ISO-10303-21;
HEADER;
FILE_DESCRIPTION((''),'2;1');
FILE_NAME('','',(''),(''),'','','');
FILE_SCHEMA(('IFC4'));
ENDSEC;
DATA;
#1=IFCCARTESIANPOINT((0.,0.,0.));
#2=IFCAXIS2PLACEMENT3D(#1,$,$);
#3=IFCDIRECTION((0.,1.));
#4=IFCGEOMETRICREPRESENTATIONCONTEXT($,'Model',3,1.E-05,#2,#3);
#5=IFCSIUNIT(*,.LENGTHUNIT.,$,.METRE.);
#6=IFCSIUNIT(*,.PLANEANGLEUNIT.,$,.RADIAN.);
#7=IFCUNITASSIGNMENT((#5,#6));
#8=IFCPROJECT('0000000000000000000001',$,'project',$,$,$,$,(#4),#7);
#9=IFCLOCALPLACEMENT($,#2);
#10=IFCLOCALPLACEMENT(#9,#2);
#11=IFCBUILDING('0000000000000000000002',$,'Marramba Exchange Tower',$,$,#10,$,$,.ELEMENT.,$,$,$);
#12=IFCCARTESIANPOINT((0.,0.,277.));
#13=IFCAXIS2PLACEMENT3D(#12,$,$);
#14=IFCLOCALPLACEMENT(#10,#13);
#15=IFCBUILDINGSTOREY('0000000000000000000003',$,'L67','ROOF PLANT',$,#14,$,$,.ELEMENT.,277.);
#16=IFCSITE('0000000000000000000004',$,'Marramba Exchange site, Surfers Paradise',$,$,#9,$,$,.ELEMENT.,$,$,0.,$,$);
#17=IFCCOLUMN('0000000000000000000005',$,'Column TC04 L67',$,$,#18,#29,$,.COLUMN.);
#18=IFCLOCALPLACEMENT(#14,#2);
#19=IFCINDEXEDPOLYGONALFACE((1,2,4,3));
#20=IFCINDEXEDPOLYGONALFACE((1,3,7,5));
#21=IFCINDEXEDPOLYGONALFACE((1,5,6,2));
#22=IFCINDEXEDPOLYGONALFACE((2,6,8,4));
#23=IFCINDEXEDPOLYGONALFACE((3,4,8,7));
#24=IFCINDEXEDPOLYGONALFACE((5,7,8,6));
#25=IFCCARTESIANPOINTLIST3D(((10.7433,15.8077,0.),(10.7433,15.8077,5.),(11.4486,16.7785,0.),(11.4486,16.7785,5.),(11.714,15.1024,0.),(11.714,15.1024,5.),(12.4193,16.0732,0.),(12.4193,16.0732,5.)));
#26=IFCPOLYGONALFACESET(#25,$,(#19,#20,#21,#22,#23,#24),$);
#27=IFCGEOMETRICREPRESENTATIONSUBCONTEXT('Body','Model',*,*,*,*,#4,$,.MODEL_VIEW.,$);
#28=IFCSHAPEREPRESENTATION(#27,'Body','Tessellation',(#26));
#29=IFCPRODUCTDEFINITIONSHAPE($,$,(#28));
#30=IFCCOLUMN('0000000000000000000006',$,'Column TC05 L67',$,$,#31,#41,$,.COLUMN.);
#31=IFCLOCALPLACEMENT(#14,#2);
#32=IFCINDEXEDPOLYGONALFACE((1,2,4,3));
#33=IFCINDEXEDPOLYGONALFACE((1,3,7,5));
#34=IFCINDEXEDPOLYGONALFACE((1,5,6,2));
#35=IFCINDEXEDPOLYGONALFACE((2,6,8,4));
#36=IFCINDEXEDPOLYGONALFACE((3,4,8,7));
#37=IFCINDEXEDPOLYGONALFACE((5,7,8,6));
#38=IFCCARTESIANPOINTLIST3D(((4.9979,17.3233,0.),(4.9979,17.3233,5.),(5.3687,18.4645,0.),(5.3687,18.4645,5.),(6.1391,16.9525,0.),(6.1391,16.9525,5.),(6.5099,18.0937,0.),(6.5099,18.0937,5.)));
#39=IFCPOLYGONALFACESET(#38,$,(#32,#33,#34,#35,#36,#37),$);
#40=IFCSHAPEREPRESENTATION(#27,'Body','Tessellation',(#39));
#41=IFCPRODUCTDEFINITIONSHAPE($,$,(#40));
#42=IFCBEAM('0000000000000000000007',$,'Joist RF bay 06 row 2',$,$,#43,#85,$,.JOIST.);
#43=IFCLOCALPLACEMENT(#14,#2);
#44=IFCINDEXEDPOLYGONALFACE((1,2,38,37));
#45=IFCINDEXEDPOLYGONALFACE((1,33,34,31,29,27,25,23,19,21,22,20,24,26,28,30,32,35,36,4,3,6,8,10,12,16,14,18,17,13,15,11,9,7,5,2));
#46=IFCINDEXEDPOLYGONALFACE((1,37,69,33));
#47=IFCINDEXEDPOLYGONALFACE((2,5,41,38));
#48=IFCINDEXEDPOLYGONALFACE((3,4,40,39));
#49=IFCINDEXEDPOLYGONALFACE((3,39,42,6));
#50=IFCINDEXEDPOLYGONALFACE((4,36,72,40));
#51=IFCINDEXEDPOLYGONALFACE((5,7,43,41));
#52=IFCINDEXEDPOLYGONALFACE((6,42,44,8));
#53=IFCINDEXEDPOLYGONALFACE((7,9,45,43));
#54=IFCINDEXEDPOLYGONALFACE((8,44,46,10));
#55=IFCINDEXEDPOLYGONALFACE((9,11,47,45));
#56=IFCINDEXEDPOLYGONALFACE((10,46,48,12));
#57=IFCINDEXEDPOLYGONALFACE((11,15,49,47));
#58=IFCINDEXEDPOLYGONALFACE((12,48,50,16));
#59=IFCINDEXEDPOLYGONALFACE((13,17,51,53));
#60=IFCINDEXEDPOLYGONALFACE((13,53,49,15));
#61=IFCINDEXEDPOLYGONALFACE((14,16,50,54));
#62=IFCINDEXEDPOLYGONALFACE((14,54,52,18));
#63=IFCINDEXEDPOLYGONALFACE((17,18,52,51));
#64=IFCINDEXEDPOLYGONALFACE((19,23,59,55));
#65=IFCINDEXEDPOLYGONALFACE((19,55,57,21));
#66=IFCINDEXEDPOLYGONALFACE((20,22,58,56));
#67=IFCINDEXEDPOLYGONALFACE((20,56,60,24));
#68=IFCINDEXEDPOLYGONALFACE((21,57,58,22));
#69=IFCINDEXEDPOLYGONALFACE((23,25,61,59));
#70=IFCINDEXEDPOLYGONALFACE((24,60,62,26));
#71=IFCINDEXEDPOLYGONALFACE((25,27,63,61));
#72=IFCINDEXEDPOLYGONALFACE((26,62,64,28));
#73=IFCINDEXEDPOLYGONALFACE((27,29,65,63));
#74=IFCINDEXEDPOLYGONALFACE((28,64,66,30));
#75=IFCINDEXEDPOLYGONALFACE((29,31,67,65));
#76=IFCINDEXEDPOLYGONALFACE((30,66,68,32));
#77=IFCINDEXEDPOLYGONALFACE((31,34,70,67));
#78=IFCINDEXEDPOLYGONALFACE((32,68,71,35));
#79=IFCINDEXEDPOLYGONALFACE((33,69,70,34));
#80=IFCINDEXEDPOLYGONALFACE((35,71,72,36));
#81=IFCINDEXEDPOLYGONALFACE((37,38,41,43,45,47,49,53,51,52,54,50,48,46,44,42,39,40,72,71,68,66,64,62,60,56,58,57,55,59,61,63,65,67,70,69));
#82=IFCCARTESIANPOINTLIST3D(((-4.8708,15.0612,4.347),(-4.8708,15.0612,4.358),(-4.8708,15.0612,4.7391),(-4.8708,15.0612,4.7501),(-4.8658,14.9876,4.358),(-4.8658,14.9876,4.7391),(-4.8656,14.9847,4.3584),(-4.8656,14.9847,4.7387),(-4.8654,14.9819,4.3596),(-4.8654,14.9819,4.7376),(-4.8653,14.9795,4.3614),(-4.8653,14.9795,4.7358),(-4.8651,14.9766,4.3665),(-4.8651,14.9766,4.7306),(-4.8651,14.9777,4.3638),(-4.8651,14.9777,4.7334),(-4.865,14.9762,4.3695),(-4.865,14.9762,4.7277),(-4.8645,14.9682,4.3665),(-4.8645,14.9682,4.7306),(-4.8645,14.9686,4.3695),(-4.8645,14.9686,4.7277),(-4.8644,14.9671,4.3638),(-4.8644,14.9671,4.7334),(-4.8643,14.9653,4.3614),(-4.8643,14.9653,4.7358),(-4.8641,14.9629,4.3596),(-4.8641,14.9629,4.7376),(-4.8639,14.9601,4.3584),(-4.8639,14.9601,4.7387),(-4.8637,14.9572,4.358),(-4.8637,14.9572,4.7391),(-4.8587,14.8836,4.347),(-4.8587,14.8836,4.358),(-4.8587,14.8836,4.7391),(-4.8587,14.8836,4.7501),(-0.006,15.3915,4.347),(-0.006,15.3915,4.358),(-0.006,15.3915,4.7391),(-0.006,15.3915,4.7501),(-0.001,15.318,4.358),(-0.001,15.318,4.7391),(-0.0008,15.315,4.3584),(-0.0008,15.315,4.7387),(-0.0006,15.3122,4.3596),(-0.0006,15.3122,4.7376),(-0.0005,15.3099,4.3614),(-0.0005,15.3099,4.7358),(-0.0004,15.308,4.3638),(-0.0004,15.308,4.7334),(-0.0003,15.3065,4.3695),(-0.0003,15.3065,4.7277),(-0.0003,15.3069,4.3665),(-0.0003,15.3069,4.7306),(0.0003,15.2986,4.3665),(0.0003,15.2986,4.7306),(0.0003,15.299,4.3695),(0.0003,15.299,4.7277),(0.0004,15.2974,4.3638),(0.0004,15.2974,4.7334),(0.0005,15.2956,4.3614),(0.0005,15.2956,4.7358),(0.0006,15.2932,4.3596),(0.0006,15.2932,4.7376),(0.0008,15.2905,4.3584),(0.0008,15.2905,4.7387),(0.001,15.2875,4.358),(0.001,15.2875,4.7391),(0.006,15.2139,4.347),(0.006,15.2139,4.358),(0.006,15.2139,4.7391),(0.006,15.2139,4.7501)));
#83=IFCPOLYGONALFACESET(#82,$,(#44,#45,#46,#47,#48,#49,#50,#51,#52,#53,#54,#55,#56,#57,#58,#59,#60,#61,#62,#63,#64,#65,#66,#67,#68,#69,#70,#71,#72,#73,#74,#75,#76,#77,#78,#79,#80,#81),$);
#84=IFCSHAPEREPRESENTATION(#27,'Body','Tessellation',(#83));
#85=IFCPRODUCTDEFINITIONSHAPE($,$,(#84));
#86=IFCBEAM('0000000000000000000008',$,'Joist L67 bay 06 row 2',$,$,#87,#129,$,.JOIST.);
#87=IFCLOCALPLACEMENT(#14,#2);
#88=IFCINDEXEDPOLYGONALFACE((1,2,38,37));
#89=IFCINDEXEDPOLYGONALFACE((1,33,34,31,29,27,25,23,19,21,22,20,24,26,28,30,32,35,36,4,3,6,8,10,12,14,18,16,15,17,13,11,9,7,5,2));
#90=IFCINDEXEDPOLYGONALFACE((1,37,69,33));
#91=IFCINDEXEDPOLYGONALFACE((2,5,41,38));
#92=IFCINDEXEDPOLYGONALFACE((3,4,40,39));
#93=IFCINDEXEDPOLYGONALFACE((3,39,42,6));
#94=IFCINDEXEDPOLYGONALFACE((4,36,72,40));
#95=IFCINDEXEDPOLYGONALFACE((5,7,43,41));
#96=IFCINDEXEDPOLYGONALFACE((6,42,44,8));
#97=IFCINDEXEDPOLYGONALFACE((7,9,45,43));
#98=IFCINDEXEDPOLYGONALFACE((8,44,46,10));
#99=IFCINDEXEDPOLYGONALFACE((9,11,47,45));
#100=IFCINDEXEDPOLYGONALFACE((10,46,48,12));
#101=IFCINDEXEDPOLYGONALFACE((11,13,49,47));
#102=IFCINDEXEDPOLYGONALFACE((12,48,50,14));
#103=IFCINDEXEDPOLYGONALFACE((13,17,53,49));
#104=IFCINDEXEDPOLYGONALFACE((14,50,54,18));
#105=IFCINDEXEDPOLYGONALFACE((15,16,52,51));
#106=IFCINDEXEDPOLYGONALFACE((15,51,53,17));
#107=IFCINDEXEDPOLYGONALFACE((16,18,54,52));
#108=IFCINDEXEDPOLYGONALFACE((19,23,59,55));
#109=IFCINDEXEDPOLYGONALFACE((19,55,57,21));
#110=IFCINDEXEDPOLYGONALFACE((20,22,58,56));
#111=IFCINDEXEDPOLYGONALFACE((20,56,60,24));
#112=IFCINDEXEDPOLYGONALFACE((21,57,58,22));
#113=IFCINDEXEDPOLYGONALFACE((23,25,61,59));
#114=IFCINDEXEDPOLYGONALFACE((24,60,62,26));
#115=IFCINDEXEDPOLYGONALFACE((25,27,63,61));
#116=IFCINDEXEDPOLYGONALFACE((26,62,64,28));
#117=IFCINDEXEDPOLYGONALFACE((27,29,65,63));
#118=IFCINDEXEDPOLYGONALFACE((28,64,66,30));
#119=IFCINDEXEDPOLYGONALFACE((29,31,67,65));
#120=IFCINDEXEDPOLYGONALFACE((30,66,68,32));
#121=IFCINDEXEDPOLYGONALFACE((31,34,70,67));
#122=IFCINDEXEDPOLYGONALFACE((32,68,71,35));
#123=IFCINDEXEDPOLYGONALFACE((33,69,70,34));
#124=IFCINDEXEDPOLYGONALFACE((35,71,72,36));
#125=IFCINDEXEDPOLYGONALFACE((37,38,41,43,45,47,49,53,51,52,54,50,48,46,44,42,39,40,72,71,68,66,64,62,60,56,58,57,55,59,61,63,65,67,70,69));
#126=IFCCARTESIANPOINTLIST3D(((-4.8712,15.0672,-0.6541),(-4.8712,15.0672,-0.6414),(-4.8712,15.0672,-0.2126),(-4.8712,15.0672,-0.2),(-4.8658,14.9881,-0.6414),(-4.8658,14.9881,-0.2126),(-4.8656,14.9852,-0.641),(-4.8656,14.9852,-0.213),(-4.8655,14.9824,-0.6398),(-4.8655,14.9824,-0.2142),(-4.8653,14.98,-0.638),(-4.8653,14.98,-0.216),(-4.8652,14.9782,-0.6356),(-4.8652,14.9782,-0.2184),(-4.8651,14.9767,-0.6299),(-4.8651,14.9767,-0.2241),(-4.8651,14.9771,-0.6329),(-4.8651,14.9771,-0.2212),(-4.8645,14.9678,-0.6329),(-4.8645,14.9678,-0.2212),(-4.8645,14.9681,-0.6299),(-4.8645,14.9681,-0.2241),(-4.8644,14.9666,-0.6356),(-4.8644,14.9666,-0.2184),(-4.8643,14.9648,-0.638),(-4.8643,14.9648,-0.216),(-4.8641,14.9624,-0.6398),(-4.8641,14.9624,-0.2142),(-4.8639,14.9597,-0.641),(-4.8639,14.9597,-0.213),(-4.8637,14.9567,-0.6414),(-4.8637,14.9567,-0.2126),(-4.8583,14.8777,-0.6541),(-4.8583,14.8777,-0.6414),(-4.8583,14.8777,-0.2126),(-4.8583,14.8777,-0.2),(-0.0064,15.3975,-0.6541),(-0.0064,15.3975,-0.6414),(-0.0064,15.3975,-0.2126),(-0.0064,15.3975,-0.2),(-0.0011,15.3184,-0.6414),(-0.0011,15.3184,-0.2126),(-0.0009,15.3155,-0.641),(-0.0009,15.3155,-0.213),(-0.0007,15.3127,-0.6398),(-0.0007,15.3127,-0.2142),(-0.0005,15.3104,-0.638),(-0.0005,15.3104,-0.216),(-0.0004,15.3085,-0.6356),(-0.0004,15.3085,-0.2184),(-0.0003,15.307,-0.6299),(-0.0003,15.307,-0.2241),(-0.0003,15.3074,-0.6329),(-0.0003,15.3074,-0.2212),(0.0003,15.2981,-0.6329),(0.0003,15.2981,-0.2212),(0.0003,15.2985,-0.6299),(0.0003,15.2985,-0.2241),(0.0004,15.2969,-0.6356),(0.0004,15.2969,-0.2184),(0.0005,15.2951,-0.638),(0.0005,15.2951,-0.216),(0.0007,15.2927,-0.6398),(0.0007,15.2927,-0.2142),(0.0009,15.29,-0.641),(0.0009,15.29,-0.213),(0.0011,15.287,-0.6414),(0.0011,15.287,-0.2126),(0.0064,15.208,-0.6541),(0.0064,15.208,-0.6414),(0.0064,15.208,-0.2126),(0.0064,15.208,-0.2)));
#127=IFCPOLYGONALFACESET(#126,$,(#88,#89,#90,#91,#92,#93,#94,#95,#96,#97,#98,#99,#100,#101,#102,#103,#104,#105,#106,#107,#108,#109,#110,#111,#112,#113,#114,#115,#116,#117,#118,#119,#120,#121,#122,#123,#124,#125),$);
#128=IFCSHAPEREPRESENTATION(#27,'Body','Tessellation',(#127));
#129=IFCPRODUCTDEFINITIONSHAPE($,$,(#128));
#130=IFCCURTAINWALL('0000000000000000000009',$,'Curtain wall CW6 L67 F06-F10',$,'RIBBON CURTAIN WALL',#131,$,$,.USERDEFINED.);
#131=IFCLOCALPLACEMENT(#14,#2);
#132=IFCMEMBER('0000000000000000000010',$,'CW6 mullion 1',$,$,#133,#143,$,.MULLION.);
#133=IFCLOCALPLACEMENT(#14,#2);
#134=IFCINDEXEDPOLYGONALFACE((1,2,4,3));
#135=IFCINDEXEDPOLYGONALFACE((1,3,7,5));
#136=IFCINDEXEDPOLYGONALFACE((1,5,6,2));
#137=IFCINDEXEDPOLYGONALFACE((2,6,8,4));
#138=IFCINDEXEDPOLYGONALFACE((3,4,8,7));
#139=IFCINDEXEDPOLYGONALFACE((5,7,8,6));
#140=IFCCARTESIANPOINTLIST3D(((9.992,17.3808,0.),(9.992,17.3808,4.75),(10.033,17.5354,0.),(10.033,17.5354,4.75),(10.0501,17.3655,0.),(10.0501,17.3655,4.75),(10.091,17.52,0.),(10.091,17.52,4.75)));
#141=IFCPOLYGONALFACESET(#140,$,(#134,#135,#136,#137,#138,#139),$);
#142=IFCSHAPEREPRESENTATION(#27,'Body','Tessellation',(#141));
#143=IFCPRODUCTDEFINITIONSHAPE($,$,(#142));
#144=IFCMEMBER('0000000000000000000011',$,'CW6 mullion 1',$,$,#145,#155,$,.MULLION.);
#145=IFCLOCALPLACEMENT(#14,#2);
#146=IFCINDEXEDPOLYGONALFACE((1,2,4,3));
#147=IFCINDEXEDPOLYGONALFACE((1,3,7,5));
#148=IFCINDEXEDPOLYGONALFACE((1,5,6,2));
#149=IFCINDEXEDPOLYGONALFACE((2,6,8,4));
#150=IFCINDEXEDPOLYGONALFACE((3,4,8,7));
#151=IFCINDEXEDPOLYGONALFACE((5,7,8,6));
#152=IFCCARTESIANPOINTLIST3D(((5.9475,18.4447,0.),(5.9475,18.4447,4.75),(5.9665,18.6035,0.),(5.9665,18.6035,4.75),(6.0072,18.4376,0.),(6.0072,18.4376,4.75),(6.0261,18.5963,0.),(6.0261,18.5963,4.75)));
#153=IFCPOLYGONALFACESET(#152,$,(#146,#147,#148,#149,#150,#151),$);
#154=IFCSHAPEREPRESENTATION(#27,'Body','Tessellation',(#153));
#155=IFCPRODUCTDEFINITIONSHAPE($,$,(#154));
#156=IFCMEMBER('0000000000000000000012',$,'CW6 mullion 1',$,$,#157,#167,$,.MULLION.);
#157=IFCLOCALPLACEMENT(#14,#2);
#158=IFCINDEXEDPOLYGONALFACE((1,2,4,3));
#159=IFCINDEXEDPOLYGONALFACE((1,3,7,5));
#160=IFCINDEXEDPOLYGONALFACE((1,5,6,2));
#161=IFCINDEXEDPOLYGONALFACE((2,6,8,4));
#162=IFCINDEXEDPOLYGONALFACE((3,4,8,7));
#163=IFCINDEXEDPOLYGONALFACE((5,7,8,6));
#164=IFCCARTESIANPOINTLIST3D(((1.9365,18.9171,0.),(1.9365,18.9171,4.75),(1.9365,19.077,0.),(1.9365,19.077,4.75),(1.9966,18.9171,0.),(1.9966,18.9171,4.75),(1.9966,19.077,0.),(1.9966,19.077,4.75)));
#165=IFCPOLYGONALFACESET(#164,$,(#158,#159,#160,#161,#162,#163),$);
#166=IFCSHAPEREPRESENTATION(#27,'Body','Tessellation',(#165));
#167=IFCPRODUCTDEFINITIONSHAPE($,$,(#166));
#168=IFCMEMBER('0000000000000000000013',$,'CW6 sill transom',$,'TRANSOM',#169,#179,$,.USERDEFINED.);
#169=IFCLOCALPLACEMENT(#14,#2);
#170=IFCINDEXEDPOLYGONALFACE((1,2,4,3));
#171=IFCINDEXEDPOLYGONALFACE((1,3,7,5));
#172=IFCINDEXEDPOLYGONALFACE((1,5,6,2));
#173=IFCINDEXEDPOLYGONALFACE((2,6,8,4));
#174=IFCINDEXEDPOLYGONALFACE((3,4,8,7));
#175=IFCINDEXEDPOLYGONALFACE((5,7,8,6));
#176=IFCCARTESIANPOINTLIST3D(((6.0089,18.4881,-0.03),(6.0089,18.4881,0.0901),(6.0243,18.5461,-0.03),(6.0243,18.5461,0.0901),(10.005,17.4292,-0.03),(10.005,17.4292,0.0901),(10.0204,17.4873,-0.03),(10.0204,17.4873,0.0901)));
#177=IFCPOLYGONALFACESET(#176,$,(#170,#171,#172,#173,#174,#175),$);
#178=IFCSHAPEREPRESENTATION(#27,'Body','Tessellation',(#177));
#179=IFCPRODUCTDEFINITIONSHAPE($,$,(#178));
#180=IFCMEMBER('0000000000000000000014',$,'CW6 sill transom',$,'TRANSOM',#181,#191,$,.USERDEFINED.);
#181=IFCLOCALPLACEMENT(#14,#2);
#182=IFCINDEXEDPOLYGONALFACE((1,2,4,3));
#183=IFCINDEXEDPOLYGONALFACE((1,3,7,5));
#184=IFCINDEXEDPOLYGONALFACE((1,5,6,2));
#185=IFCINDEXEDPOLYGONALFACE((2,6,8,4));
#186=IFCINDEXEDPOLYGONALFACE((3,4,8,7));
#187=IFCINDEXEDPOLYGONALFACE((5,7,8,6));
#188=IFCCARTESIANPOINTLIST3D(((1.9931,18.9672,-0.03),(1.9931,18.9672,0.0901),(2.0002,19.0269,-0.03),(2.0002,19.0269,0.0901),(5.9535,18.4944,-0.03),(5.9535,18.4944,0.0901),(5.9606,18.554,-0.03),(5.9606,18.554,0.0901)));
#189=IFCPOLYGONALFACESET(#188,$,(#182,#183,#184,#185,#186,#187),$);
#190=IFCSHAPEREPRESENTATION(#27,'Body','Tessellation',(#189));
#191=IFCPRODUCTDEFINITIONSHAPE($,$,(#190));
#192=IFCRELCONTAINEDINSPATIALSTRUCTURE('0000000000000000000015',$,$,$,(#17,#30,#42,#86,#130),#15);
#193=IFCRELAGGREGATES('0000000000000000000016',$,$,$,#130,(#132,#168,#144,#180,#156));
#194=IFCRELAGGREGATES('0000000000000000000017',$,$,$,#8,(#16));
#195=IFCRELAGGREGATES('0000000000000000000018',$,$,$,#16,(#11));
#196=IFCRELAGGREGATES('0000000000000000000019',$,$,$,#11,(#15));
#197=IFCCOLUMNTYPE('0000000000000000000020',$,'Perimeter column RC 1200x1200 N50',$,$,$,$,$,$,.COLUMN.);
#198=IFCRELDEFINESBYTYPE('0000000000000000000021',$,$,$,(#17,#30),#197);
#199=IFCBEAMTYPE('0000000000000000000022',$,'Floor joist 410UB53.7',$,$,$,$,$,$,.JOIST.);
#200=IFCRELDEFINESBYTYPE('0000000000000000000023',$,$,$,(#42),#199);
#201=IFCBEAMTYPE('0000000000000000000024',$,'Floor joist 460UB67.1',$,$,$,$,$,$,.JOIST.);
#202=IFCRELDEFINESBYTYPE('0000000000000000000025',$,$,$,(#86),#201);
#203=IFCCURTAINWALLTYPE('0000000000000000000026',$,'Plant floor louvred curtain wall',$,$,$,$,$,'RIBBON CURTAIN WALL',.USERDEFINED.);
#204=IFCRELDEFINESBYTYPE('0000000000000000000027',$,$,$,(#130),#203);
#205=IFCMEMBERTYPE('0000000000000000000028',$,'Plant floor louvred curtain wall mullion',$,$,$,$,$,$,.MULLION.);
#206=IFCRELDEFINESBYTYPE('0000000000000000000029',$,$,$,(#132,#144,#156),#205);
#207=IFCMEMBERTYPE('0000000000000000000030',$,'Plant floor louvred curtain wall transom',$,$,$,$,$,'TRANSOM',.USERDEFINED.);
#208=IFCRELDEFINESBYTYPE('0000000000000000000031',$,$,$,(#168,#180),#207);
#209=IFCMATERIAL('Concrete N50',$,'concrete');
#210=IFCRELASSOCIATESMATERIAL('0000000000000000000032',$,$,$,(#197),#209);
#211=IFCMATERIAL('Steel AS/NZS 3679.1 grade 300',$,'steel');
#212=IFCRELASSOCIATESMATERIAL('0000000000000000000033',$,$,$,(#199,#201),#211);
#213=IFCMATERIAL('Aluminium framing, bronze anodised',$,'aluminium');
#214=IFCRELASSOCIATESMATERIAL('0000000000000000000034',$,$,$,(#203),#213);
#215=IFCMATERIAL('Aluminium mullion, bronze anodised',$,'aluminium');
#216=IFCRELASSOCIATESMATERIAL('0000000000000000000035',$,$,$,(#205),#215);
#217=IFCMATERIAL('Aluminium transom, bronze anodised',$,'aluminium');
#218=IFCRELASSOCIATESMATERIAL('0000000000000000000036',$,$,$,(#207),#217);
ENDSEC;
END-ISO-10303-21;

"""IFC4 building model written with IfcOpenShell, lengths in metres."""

from ifc_helpers import new_model, si_unit, direction, frame, origin, origin_2d, place, context, subcontext, project, spatial, rectangle, i_section, extrude, material, material_profile, profile_set, type_object, element, aggregate, save


model = new_model("IFC4")

# Units and contexts
model_context = context("Model", 3, precision=1e-05, world=origin(), true_north=direction((0.0, 1.0)))
body_context = subcontext(model_context, "Body", "Model", "MODEL_VIEW")
ifc_project = project(units=[si_unit("LENGTHUNIT", "METRE"), si_unit("PLANEANGLEUNIT", "RADIAN")], contexts=[model_context])

# Site, building, storey
site_placement = place(None, origin())
site = spatial("IfcSite", under=ifc_project, at=site_placement, Name="Marramba Exchange site, Surfers Paradise", CompositionType="ELEMENT", RefElevation=0.0)
building_placement = place(site_placement, origin())
building = spatial("IfcBuilding", under=site, at=building_placement, Name="Marramba Exchange Tower", CompositionType="ELEMENT")
storey_placement = place(building_placement, frame((0.0, 0.0, 277.0)))
storey = spatial("IfcBuildingStorey", under=building, at=storey_placement, Name="L67", Description="ROOF PLANT", CompositionType="ELEMENT", Elevation=277.0)

# Columns
ifc_material_1 = material(Name="Concrete N50", Category="concrete")
ifc_material_profile_1 = material_profile(ifc_material_1, rectangle(XDim=1.2, YDim=1.2, at=origin_2d()), Name="RC 1200x1200")
ifc_profile_set_1 = profile_set([ifc_material_profile_1], Name="Concrete N50")
column_type = type_object("IfcColumnType", Name="Perimeter column RC 1200x1200 N50", PredefinedType="COLUMN", material=ifc_profile_set_1)
for number, where, z_axis, x_axis, name in (
    (1, (11.5813, 15.9404, 0.0), (0.0, 0.0, 1.0), (0.587785, 0.809017, 0.0), "Column TC04 L67"),
    (2, (5.7539, 17.7085, 0.0), (0.0, 0.0, 1.0), (0.309017, 0.951057, 0.0), "Column TC05 L67"),
):
    element("IfcColumn", number, at=place(storey_placement, frame(where, z_axis=z_axis, x_axis=x_axis)), inside=storey, type_object=column_type, Name=name, PredefinedType="COLUMN", context=body_context, shape_type="SweptSolid", body=[
        extrude(rectangle(XDim=1.2, YDim=1.2, at=origin_2d()), origin(), (0.0, 0.0, 1.0), 5.0),
    ])

# Beams
ifc_material_2 = material(Name="Steel AS/NZS 3679.1 grade 300", Category="steel")
ifc_material_profile_2 = material_profile(ifc_material_2, i_section(OverallWidth=0.178, OverallDepth=0.4031, WebThickness=0.0076, FlangeThickness=0.011, FilletRadius=0.0115, at=origin_2d()), Name="410UB53.7")
ifc_profile_set_2 = profile_set([ifc_material_profile_2], Name="Steel AS/NZS 3679.1 grade 300")
beam_type_1 = type_object("IfcBeamType", Name="Floor joist 410UB53.7", PredefinedType="JOIST", material=ifc_profile_set_2)
beam_1_placement = place(storey_placement, frame((0.0, 15.3027, 4.5486), z_axis=(-0.997703, -0.067745, 0.0), x_axis=(0.067745, -0.997703, 0.0)))
element("IfcBeam", 3, at=beam_1_placement, inside=storey, type_object=beam_type_1, Name="Joist RF bay 06 row 2", PredefinedType="JOIST", context=body_context, shape_type="SweptSolid", body=[
    extrude(i_section(OverallWidth=0.178, OverallDepth=0.4031, WebThickness=0.0076, FlangeThickness=0.011, FilletRadius=0.0115, at=origin_2d()), origin(), (0.0, 0.0, 1.0), 4.876),
])
ifc_material_profile_3 = material_profile(ifc_material_2, i_section(OverallWidth=0.1899, OverallDepth=0.4541, WebThickness=0.0085, FlangeThickness=0.0127, FilletRadius=0.0115, at=origin_2d()), Name="460UB67.1")
ifc_profile_set_3 = profile_set([ifc_material_profile_3], Name="Steel AS/NZS 3679.1 grade 300")
beam_type_2 = type_object("IfcBeamType", Name="Floor joist 460UB67.1", PredefinedType="JOIST", material=ifc_profile_set_3)
beam_2_placement = place(storey_placement, frame((0.0, 15.3027, -0.427), z_axis=(-0.997703, -0.067745, 0.0), x_axis=(0.067745, -0.997703, 0.0)))
element("IfcBeam", 4, at=beam_2_placement, inside=storey, type_object=beam_type_2, Name="Joist L67 bay 06 row 2", PredefinedType="JOIST", context=body_context, shape_type="SweptSolid", body=[
    extrude(i_section(OverallWidth=0.1899, OverallDepth=0.4541, WebThickness=0.0085, FlangeThickness=0.0127, FilletRadius=0.0115, at=origin_2d()), origin(), (0.0, 0.0, 1.0), 4.876),
])

# Curtain wall, members
ifc_material_3 = material(Name="Aluminium framing, bronze anodised", Category="aluminium")
curtain_wall_type = type_object("IfcCurtainWallType", Name="Plant floor louvred curtain wall", ElementType="RIBBON CURTAIN WALL", PredefinedType="USERDEFINED", material=ifc_material_3)
curtain_wall_1_placement = place(storey_placement, origin())
curtain_wall_1 = element("IfcCurtainWall", 5, at=curtain_wall_1_placement, inside=storey, type_object=curtain_wall_type, Name="Curtain wall CW6 L67 F06-F10", ObjectType="RIBBON CURTAIN WALL", PredefinedType="USERDEFINED")
ifc_material_4 = material(Name="Aluminium mullion, bronze anodised", Category="aluminium")
ifc_material_profile_4 = material_profile(ifc_material_4, rectangle(XDim=0.1599, YDim=0.0601, at=origin_2d()), Name="CW6 mullion 60x160")
ifc_profile_set_4 = profile_set([ifc_material_profile_4], Name="Aluminium mullion, bronze anodised")
member_type_1 = type_object("IfcMemberType", Name="Plant floor louvred curtain wall mullion", PredefinedType="MULLION", material=ifc_profile_set_4)
member_1_placement = place(storey_placement, frame((10.0415, 17.4504, 0.0), z_axis=(0.0, 0.0, 1.0), x_axis=(-0.256126, -0.966644, 0.0)))
member_1 = element("IfcMember", 6, at=member_1_placement, type_object=member_type_1, Name="CW6 mullion 1", PredefinedType="MULLION", context=body_context, shape_type="SweptSolid", body=[
    extrude(rectangle(XDim=0.1599, YDim=0.0601, at=origin_2d()), origin(), (0.0, 0.0, 1.0), 4.75),
])
member_2_placement = place(storey_placement, frame((5.9868, 18.5205, 0.0), z_axis=(0.0, 0.0, 1.0), x_axis=(-0.118557, -0.992947, 0.0)))
member_2 = element("IfcMember", 7, at=member_2_placement, type_object=member_type_1, Name="CW6 mullion 1", PredefinedType="MULLION", context=body_context, shape_type="SweptSolid", body=[
    extrude(rectangle(XDim=0.1599, YDim=0.0601, at=origin_2d()), origin(), (0.0, 0.0, 1.0), 4.75),
])
member_3_placement = place(storey_placement, frame((1.9666, 18.9971, 0.0), z_axis=(0.0, 0.0, 1.0), x_axis=(0.0, -1.0, 0.0)))
member_3 = element("IfcMember", 8, at=member_3_placement, type_object=member_type_1, Name="CW6 mullion 1", PredefinedType="MULLION", context=body_context, shape_type="SweptSolid", body=[
    extrude(rectangle(XDim=0.1599, YDim=0.0601, at=origin_2d()), origin(), (0.0, 0.0, 1.0), 4.75),
])
ifc_material_5 = material(Name="Aluminium transom, bronze anodised", Category="aluminium")
ifc_material_profile_5 = material_profile(ifc_material_5, rectangle(XDim=0.0601, YDim=0.1201, at=origin_2d()), Name="CW6 transom 60x120")
ifc_profile_set_5 = profile_set([ifc_material_profile_5], Name="Aluminium transom, bronze anodised")
member_type_2 = type_object("IfcMemberType", Name="Plant floor louvred curtain wall transom", ElementType="TRANSOM", PredefinedType="USERDEFINED", material=ifc_profile_set_5)
member_4_placement = place(storey_placement, frame((10.0127, 17.4583, 0.03), z_axis=(-0.966642, 0.25613, 0.0), x_axis=(-0.25613, -0.966642, 0.0)))
member_4 = element("IfcMember", 9, at=member_4_placement, type_object=member_type_2, Name="CW6 sill transom", ObjectType="TRANSOM", PredefinedType="USERDEFINED", context=body_context, shape_type="SweptSolid", body=[
    extrude(rectangle(XDim=0.0601, YDim=0.1201, at=origin_2d()), origin(), (0.0, 0.0, 1.0), 4.134),
])
member_5_placement = place(storey_placement, frame((5.957, 18.5242, 0.03), z_axis=(-0.992946, 0.118564, 0.0), x_axis=(-0.118564, -0.992946, 0.0)))
member_5 = element("IfcMember", 10, at=member_5_placement, type_object=member_type_2, Name="CW6 sill transom", ObjectType="TRANSOM", PredefinedType="USERDEFINED", context=body_context, shape_type="SweptSolid", body=[
    extrude(rectangle(XDim=0.0601, YDim=0.1201, at=origin_2d()), origin(), (0.0, 0.0, 1.0), 3.9885),
])

aggregate(curtain_wall_1, [member_1, member_4, member_2, member_5, member_3])

save(model, "model.ifc")
